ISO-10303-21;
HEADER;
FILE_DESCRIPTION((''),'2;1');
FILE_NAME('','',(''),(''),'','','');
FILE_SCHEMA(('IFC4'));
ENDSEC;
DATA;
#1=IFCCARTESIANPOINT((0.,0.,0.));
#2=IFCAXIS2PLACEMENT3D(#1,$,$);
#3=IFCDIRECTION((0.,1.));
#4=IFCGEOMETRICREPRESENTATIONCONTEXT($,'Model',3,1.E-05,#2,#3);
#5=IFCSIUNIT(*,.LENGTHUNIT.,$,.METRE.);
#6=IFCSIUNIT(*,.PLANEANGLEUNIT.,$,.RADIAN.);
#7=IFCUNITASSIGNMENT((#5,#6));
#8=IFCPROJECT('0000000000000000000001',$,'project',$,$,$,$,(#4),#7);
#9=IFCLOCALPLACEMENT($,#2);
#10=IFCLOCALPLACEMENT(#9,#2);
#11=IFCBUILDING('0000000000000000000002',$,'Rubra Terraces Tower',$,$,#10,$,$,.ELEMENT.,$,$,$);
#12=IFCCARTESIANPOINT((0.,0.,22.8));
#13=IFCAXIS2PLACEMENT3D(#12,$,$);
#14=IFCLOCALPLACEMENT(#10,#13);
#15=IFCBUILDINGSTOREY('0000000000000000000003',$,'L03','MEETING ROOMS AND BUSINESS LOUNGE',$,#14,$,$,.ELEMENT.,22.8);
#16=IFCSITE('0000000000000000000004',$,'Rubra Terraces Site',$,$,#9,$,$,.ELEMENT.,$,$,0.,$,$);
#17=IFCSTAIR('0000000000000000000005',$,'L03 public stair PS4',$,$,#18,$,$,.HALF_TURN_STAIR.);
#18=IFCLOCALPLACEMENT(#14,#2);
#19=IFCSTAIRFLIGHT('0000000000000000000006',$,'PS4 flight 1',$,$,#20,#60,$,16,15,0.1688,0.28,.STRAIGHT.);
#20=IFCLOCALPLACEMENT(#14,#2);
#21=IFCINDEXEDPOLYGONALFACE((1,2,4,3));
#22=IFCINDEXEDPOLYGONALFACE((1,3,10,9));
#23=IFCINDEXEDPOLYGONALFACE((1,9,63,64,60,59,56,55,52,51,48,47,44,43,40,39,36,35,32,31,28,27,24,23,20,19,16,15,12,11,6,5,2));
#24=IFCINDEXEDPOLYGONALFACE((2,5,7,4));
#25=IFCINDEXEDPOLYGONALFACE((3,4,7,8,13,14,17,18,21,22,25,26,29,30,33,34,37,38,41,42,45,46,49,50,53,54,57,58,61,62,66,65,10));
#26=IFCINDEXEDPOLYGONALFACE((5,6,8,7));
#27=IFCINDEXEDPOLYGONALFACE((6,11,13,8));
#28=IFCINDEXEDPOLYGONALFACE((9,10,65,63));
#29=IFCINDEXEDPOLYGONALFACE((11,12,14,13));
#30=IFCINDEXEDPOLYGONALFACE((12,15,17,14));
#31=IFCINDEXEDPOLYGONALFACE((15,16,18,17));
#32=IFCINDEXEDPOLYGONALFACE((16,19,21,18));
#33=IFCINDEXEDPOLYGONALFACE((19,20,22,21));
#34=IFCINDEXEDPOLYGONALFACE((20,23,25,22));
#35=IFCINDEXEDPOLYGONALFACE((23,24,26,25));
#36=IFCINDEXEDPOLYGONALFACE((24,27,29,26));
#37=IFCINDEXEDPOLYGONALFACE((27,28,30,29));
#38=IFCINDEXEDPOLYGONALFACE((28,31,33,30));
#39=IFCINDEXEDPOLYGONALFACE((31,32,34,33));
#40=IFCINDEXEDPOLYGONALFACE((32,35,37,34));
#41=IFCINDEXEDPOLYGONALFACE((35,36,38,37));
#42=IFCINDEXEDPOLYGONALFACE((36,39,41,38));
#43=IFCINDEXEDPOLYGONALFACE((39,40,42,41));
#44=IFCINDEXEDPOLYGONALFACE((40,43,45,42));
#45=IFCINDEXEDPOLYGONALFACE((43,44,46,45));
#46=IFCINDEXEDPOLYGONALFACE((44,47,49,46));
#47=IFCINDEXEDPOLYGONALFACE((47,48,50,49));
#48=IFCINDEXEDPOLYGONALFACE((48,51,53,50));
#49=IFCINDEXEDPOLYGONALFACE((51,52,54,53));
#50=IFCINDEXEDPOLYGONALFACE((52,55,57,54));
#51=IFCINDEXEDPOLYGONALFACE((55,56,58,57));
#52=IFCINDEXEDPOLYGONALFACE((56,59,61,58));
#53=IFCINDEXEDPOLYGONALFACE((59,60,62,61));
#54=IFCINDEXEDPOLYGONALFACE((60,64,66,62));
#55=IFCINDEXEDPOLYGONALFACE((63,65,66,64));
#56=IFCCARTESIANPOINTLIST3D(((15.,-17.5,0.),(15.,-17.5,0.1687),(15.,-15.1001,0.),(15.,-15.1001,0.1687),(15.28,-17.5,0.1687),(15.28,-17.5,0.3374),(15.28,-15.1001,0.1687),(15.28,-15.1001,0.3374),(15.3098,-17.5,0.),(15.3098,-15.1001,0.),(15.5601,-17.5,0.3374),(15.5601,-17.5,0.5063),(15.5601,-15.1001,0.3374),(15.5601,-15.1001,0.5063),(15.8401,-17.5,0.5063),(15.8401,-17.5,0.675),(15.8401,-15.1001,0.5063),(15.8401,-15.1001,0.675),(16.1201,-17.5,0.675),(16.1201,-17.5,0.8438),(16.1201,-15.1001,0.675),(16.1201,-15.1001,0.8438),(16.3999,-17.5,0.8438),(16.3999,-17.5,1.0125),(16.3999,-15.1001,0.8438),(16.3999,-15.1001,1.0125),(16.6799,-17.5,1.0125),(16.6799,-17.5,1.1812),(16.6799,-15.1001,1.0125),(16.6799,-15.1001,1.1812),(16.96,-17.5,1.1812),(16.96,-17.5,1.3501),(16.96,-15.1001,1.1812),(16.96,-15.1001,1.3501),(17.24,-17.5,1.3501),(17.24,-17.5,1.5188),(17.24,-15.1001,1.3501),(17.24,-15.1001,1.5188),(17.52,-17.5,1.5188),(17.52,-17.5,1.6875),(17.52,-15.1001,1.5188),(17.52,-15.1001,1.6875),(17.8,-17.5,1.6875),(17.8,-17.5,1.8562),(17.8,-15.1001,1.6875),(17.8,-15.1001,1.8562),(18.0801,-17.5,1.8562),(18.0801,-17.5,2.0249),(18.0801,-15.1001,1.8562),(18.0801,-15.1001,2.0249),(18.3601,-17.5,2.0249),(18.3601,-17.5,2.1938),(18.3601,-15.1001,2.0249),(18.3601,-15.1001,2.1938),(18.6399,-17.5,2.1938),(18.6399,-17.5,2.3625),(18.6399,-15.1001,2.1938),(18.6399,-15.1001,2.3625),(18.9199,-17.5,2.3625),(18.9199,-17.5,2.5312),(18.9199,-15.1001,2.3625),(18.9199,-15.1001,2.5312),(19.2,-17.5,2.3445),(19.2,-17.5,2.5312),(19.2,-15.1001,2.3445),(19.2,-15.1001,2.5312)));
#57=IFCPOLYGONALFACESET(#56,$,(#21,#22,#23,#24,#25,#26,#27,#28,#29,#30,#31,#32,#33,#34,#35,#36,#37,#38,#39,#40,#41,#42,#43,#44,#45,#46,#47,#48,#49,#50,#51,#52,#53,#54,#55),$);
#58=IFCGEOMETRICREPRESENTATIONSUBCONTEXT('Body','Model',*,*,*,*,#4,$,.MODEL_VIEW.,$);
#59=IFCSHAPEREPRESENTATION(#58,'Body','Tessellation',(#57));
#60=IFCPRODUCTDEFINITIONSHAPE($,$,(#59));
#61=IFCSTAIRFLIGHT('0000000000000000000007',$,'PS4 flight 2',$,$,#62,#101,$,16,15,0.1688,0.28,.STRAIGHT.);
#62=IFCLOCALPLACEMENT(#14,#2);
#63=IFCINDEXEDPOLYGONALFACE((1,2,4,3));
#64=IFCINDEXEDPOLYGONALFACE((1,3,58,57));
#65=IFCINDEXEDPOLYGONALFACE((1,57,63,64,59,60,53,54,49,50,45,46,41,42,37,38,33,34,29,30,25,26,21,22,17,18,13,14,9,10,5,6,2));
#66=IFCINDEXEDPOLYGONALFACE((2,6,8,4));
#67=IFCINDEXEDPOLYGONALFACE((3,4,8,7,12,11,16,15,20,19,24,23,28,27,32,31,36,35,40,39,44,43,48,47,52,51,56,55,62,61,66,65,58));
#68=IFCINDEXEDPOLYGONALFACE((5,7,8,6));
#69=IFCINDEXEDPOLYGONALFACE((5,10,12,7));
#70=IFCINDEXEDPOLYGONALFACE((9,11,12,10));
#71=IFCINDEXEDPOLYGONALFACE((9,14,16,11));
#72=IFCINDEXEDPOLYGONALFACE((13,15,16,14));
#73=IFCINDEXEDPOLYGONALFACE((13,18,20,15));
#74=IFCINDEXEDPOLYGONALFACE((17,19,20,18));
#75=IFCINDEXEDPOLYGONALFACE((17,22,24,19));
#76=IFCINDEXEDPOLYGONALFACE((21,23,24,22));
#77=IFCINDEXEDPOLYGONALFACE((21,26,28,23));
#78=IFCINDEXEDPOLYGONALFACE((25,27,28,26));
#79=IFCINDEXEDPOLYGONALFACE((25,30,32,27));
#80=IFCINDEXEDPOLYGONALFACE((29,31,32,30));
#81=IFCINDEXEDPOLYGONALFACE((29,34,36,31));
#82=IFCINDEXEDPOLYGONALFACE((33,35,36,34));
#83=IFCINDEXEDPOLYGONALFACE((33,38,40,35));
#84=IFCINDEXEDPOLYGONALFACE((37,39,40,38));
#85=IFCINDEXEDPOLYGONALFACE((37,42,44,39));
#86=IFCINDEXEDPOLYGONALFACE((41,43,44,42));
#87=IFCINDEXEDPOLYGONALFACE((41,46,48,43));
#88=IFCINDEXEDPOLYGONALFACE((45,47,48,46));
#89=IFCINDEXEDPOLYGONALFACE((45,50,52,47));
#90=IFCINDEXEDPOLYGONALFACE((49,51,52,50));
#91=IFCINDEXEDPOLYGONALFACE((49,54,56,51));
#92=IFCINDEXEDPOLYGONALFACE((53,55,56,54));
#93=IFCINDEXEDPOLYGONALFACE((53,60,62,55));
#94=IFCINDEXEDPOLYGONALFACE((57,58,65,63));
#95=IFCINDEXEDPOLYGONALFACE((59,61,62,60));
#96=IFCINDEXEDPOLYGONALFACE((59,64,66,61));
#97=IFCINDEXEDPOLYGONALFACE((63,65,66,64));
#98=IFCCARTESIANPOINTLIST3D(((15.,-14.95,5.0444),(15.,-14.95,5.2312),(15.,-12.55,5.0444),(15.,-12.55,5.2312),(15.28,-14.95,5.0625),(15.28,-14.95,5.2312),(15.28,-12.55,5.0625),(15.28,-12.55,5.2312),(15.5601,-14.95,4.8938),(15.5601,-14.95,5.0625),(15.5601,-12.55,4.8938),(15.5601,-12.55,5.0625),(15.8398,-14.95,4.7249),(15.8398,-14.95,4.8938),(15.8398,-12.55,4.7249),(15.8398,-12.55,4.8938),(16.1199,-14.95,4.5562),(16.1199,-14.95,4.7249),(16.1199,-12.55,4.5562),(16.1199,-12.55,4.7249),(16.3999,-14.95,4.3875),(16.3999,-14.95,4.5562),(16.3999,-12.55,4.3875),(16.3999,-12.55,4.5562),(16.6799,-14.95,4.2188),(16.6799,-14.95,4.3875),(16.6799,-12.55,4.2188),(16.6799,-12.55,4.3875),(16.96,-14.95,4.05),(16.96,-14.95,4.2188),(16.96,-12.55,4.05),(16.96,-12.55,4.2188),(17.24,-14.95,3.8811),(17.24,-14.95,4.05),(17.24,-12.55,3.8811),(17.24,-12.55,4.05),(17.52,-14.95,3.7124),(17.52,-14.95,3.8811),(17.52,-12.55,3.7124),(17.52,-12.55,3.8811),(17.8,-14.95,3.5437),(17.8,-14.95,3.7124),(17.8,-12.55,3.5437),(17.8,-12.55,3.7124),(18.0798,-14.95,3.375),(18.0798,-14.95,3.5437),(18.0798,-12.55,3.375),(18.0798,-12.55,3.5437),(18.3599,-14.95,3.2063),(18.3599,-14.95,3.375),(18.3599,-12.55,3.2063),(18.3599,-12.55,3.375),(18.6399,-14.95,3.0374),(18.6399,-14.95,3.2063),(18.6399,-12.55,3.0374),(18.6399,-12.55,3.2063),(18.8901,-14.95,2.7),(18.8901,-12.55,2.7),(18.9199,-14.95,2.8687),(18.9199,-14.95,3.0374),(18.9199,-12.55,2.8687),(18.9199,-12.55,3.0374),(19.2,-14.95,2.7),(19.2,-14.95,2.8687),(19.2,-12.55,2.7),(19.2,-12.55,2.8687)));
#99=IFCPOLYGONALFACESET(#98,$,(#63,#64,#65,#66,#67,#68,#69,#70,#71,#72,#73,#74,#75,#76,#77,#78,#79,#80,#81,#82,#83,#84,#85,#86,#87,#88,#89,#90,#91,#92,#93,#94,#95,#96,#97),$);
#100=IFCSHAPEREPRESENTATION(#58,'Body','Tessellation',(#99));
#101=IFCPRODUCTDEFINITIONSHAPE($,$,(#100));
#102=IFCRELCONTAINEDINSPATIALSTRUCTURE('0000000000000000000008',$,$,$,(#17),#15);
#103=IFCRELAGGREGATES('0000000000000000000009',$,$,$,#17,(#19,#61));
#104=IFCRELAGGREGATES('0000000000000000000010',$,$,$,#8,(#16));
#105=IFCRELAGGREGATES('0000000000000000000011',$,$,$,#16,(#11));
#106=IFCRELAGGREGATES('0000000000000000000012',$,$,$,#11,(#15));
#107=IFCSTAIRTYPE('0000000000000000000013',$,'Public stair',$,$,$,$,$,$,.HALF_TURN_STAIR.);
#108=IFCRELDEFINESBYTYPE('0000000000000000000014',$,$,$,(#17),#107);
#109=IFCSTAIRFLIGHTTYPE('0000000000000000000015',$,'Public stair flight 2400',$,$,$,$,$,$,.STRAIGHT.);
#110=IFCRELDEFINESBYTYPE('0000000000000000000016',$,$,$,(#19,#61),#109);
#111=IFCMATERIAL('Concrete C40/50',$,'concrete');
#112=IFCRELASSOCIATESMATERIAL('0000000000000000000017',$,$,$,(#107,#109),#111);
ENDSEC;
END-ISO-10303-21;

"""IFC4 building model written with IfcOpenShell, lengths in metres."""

from ifc_helpers import new_model, si_unit, direction, frame, origin, place, context, subcontext, project, spatial, polyline, outline, extrude, material, type_object, element, aggregate, save


model = new_model("IFC4")

# Units and contexts
model_context = context("Model", 3, precision=1e-05, world=origin(), true_north=direction((0.0, 1.0)))
body_context = subcontext(model_context, "Body", "Model", "MODEL_VIEW")
ifc_project = project(units=[si_unit("LENGTHUNIT", "METRE"), si_unit("PLANEANGLEUNIT", "RADIAN")], contexts=[model_context])

# Site, building, storey
site_placement = place(None, origin())
site = spatial("IfcSite", under=ifc_project, at=site_placement, Name="Rubra Terraces Site", CompositionType="ELEMENT", RefElevation=0.0)
building_placement = place(site_placement, origin())
building = spatial("IfcBuilding", under=site, at=building_placement, Name="Rubra Terraces Tower", CompositionType="ELEMENT")
storey_placement = place(building_placement, frame((0.0, 0.0, 22.8)))
storey = spatial("IfcBuildingStorey", under=building, at=storey_placement, Name="L03", Description="MEETING ROOMS AND BUSINESS LOUNGE", CompositionType="ELEMENT", Elevation=22.8)

# Shared definitions
ifc_material_1 = material(Name="Concrete C40/50", Category="concrete")

# Stair, stair flights
stair_type = type_object("IfcStairType", Name="Public stair", PredefinedType="HALF_TURN_STAIR", material=ifc_material_1)
stair_placement = place(storey_placement, origin())
stair = element("IfcStair", 1, at=stair_placement, inside=storey, type_object=stair_type, Name="L03 public stair PS4", PredefinedType="HALF_TURN_STAIR")
stair_flight_type = type_object("IfcStairFlightType", Name="Public stair flight 2400", PredefinedType="STRAIGHT", material=ifc_material_1)
stair_flight_1_placement = place(storey_placement, frame((15.0, -16.3, 0.0), z_axis=(0.0, 0.0, 1.0), x_axis=(1.0, 0.0, 0.0)))
stair_flight_1 = element("IfcStairFlight", 2, at=stair_flight_1_placement, type_object=stair_flight_type, Name="PS4 flight 1", NumberOfRisers=16, NumberOfTreads=15, PredefinedType="STRAIGHT", RiserHeight=0.1688, TreadLength=0.28, context=body_context, shape_type="SweptSolid", body=[
    extrude(outline(polyline([(0.0, 0.0), (0.0, 0.1687), (0.28, 0.1687), (0.28, 0.3374), (0.5601, 0.3374), (0.5601, 0.5063), (0.8401, 0.5063), (0.8401, 0.675), (1.1201, 0.675), (1.1201, 0.8438), (1.3999, 0.8438), (1.3999, 1.0125), (1.6799, 1.0125), (1.6799, 1.1812), (1.96, 1.1812), (1.96, 1.3501), (2.24, 1.3501), (2.24, 1.5188), (2.52, 1.5188), (2.52, 1.6875), (2.8, 1.6875), (2.8, 1.8562), (3.0801, 1.8562), (3.0801, 2.0249), (3.3601, 2.0249), (3.3601, 2.1938), (3.6399, 2.1938), (3.6399, 2.3625), (3.9199, 2.3625), (3.9199, 2.5312), (4.2, 2.5312), (4.2, 2.7), (4.2, 2.3445), (0.3098, 0.0), (0.0, 0.0)])), frame((0.0, 1.2, 0.0), z_axis=(0.0, -1.0, 0.0), x_axis=(1.0, 0.0, 0.0)), (0.0, 0.0, 1.0), 2.3999),
])
stair_flight_2_placement = place(storey_placement, frame((19.2, -13.75, 2.7), z_axis=(0.0, 0.0, 1.0), x_axis=(-1.0, 0.0, 0.0)))
stair_flight_2 = element("IfcStairFlight", 3, at=stair_flight_2_placement, type_object=stair_flight_type, Name="PS4 flight 2", NumberOfRisers=16, NumberOfTreads=15, PredefinedType="STRAIGHT", RiserHeight=0.1688, TreadLength=0.28, context=body_context, shape_type="SweptSolid", body=[
    extrude(outline(polyline([(0.0, 0.0), (0.0, 0.1687), (0.28, 0.1687), (0.28, 0.3374), (0.5601, 0.3374), (0.5601, 0.5063), (0.8401, 0.5063), (0.8401, 0.675), (1.1201, 0.675), (1.1201, 0.8438), (1.3999, 0.8438), (1.3999, 1.0125), (1.6799, 1.0125), (1.6799, 1.1812), (1.96, 1.1812), (1.96, 1.3501), (2.24, 1.3501), (2.24, 1.5188), (2.52, 1.5188), (2.52, 1.6875), (2.8, 1.6875), (2.8, 1.8562), (3.0801, 1.8562), (3.0801, 2.0249), (3.3601, 2.0249), (3.3601, 2.1938), (3.6399, 2.1938), (3.6399, 2.3625), (3.9199, 2.3625), (3.9199, 2.5312), (4.2, 2.5312), (4.2, 2.7), (4.2, 2.3445), (0.3098, 0.0), (0.0, 0.0)])), frame((0.0, 1.2, 0.0), z_axis=(0.0, -1.0, 0.0), x_axis=(1.0, 0.0, 0.0)), (0.0, 0.0, 1.0), 2.3999),
])
aggregate(stair, [stair_flight_1, stair_flight_2])

save(model, "model.ifc")
